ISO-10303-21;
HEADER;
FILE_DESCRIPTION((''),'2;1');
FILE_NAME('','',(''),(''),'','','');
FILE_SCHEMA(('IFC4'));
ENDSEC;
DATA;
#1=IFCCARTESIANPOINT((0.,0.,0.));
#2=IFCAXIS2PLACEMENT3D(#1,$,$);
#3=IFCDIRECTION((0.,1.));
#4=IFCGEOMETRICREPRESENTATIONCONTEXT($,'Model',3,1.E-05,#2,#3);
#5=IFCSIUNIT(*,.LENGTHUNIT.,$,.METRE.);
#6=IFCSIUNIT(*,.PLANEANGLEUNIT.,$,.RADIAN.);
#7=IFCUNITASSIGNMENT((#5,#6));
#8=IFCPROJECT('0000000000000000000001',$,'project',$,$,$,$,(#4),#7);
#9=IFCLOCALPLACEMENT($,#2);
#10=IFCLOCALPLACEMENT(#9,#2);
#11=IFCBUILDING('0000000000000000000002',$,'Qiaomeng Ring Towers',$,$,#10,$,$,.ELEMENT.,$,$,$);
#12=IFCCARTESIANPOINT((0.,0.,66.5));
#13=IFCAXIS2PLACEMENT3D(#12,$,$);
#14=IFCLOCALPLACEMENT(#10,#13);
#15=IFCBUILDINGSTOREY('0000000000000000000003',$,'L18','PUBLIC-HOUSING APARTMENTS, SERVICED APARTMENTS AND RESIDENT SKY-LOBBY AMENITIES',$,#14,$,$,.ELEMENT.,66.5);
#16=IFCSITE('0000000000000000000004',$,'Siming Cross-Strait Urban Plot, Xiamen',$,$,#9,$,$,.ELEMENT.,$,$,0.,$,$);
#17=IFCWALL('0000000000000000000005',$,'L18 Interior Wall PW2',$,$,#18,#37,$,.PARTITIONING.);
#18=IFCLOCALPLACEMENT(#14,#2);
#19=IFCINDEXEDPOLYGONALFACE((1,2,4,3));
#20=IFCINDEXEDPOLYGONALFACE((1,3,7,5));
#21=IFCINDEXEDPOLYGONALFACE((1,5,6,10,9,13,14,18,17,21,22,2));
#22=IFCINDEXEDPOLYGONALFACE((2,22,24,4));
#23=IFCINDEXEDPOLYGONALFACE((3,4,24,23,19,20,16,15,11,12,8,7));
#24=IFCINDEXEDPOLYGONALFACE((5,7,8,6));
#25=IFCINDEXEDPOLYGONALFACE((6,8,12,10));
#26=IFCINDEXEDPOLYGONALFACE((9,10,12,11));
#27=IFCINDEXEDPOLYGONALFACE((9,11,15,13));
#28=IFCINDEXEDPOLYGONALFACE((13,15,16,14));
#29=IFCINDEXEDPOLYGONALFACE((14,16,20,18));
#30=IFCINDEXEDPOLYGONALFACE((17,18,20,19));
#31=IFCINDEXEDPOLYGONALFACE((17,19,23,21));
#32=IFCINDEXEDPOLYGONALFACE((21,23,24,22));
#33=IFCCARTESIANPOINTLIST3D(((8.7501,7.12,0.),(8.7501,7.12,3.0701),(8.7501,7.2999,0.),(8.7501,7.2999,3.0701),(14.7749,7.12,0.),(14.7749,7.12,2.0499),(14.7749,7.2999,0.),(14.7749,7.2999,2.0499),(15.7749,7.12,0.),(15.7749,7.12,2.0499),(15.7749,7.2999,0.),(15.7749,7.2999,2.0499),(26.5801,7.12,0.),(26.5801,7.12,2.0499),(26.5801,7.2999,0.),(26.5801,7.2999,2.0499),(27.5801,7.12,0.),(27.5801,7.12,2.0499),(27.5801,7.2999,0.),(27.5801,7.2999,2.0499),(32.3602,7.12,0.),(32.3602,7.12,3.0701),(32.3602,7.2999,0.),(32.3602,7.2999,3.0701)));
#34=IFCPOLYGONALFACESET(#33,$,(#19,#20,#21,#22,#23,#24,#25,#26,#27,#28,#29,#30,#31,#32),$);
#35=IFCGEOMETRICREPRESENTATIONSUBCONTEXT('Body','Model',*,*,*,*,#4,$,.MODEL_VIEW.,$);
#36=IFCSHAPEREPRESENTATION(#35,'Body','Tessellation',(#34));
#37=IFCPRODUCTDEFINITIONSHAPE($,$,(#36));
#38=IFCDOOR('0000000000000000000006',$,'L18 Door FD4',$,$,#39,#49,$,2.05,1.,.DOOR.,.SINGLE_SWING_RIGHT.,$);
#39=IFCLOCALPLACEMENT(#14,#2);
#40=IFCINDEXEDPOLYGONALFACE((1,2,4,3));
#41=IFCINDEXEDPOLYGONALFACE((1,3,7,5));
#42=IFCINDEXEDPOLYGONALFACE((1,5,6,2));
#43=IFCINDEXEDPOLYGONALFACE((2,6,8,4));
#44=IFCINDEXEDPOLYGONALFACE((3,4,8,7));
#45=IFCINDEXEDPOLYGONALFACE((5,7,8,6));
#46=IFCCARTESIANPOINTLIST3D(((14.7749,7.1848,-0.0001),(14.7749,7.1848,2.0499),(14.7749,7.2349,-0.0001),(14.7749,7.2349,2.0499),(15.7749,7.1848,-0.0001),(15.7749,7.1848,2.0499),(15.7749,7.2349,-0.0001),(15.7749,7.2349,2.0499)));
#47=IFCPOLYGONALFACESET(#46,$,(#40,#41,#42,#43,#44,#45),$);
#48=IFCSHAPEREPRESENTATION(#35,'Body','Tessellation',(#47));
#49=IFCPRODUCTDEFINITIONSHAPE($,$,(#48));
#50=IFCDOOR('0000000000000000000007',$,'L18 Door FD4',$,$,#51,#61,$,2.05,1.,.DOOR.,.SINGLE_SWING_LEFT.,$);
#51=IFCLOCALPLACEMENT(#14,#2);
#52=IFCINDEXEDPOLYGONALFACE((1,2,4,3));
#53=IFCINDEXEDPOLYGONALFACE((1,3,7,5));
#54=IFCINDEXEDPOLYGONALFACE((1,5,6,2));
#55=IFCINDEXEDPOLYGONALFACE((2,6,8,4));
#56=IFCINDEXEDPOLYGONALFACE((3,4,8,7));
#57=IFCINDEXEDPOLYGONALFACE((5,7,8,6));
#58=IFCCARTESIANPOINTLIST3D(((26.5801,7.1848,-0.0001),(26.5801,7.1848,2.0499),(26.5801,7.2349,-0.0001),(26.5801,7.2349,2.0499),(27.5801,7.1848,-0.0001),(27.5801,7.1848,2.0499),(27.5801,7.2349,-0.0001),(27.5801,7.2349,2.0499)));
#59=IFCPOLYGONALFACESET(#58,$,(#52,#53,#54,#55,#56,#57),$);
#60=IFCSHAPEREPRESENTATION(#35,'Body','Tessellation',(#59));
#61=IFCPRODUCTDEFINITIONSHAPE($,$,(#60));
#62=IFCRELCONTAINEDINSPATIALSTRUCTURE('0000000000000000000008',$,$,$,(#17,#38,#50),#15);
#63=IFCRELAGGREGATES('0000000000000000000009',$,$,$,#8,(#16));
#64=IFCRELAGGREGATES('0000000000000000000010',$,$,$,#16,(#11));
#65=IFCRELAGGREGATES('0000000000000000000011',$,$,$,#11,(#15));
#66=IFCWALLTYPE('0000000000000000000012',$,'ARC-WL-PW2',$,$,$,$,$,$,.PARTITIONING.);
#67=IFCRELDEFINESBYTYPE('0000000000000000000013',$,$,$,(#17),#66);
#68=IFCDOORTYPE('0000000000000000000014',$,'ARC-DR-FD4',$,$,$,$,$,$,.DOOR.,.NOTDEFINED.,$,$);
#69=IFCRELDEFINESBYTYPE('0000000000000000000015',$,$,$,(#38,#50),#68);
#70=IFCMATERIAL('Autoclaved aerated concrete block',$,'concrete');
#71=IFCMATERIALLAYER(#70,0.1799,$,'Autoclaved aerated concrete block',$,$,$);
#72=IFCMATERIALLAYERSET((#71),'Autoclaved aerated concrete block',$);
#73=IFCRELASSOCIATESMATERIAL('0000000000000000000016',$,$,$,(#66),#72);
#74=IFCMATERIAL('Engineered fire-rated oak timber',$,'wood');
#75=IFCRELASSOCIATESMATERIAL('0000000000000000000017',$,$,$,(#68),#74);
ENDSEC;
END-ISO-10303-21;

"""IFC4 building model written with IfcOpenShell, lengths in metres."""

from ifc_helpers import new_model, si_unit, direction, frame, frame_2d, origin, place, context, subcontext, project, spatial, rectangle, extrude, source, transform, mapped, material, layer, layer_set, type_object, element, fill, save


model = new_model("IFC4")

# Units and contexts
model_context = context("Model", 3, precision=1e-05, world=origin(), true_north=direction((0.0, 1.0)))
body_context = subcontext(model_context, "Body", "Model", "MODEL_VIEW")
ifc_project = project(units=[si_unit("LENGTHUNIT", "METRE"), si_unit("PLANEANGLEUNIT", "RADIAN")], contexts=[model_context])

# Site, building, storey
site_placement = place(None, origin())
site = spatial("IfcSite", under=ifc_project, at=site_placement, Name="Siming Cross-Strait Urban Plot, Xiamen", CompositionType="ELEMENT", RefElevation=0.0)
building_placement = place(site_placement, origin())
building = spatial("IfcBuilding", under=site, at=building_placement, Name="Qiaomeng Ring Towers", CompositionType="ELEMENT")
storey_placement = place(building_placement, frame((0.0, 0.0, 66.5)))
storey = spatial("IfcBuildingStorey", under=building, at=storey_placement, Name="L18", Description="PUBLIC-HOUSING APARTMENTS, SERVICED APARTMENTS AND RESIDENT SKY-LOBBY AMENITIES", CompositionType="ELEMENT", Elevation=66.5)

# Wall, openings, doors
ifc_material_1 = material(Name="Autoclaved aerated concrete block", Category="concrete")
ifc_layer_1 = layer(ifc_material_1, 0.1799, Name="Autoclaved aerated concrete block")
ifc_layer_set_1 = layer_set([ifc_layer_1], Name="Autoclaved aerated concrete block")
wall_type_1 = type_object("IfcWallType", Name="ARC-WL-PW2", PredefinedType="PARTITIONING", material=ifc_layer_set_1)
wall_1_placement = place(storey_placement, frame((8.75, 7.21, 0.0), z_axis=(0.0, 0.0, 1.0), x_axis=(1.0, 0.0, 0.0)))
wall_1 = element("IfcWall", 1, at=wall_1_placement, inside=storey, type_object=wall_type_1, Name="L18 Interior Wall PW2", PredefinedType="PARTITIONING", context=body_context, shape_type="SweptSolid", body=[
    extrude(rectangle(XDim=23.6101, YDim=0.1799, at=frame_2d((11.8052, 0.0))), origin(), (0.0, 0.0, 1.0), 3.0701),
])
opening_1_placement = place(wall_1_placement, frame((6.0249, 0.0, 0.0)))
opening_1 = element("IfcOpeningElement", 2, at=opening_1_placement, cuts=wall_1, PredefinedType="OPENING", context=body_context, shape_type="SweptSolid", body=[
    extrude(rectangle(XDim=1.0, YDim=2.05, at=frame_2d((0.5, 1.0249))), frame((0.0, 0.0999, 0.0), z_axis=(0.0, -1.0, 0.0), x_axis=(1.0, 0.0, 0.0)), (0.0, 0.0, 1.0), 0.2),
])
opening_2_placement = place(wall_1_placement, frame((17.8301, 0.0, 0.0)))
opening_2 = element("IfcOpeningElement", 3, at=opening_2_placement, cuts=wall_1, PredefinedType="OPENING", context=body_context, shape_type="SweptSolid", body=[
    extrude(rectangle(XDim=1.0, YDim=2.05, at=frame_2d((0.5, 1.0249))), frame((0.0, 0.0999, 0.0), z_axis=(0.0, -1.0, 0.0), x_axis=(1.0, 0.0, 0.0)), (0.0, 0.0, 1.0), 0.2),
])
ifc_material_2 = material(Name="Engineered fire-rated oak timber", Category="wood")
door_type_1 = type_object("IfcDoorType", Name="ARC-DR-FD4", OperationType="NOTDEFINED", PredefinedType="DOOR", material=ifc_material_2)
shared_shape_1 = source(origin(), body_context, "Body", "SweptSolid", [
    extrude(rectangle(XDim=1.0, YDim=2.05, at=frame_2d((0.5, 1.0249))), frame((0.0, 0.0249, 0.0), z_axis=(0.0, -1.0, 0.0), x_axis=(1.0, 0.0, 0.0)), (0.0, 0.0, 1.0), 0.05),
])
door_1_placement = place(opening_1_placement, origin())
door_1 = element("IfcDoor", 4, at=door_1_placement, inside=storey, type_object=door_type_1, Name="L18 Door FD4", OperationType="SINGLE_SWING_RIGHT", OverallHeight=2.05, OverallWidth=1.0, PredefinedType="DOOR", context=body_context, shape_type="MappedRepresentation", body=[
    mapped(shared_shape_1, transform((0.0, 0.0, 0.0), x_axis=(1.0, 0.0, 0.0), y_axis=(0.0, 1.0, 0.0), z_axis=(0.0, 0.0, 1.0), scale=1.0)),
])
fill(opening_1, door_1)
door_2_placement = place(opening_2_placement, origin())
door_2 = element("IfcDoor", 5, at=door_2_placement, inside=storey, type_object=door_type_1, Name="L18 Door FD4", OperationType="SINGLE_SWING_LEFT", OverallHeight=2.05, OverallWidth=1.0, PredefinedType="DOOR", context=body_context, shape_type="MappedRepresentation", body=[
    mapped(shared_shape_1, transform((0.0, 0.0, 0.0), x_axis=(1.0, 0.0, 0.0), y_axis=(0.0, 1.0, 0.0), z_axis=(0.0, 0.0, 1.0), scale=1.0)),
])
fill(opening_2, door_2)

save(model, "model.ifc")
